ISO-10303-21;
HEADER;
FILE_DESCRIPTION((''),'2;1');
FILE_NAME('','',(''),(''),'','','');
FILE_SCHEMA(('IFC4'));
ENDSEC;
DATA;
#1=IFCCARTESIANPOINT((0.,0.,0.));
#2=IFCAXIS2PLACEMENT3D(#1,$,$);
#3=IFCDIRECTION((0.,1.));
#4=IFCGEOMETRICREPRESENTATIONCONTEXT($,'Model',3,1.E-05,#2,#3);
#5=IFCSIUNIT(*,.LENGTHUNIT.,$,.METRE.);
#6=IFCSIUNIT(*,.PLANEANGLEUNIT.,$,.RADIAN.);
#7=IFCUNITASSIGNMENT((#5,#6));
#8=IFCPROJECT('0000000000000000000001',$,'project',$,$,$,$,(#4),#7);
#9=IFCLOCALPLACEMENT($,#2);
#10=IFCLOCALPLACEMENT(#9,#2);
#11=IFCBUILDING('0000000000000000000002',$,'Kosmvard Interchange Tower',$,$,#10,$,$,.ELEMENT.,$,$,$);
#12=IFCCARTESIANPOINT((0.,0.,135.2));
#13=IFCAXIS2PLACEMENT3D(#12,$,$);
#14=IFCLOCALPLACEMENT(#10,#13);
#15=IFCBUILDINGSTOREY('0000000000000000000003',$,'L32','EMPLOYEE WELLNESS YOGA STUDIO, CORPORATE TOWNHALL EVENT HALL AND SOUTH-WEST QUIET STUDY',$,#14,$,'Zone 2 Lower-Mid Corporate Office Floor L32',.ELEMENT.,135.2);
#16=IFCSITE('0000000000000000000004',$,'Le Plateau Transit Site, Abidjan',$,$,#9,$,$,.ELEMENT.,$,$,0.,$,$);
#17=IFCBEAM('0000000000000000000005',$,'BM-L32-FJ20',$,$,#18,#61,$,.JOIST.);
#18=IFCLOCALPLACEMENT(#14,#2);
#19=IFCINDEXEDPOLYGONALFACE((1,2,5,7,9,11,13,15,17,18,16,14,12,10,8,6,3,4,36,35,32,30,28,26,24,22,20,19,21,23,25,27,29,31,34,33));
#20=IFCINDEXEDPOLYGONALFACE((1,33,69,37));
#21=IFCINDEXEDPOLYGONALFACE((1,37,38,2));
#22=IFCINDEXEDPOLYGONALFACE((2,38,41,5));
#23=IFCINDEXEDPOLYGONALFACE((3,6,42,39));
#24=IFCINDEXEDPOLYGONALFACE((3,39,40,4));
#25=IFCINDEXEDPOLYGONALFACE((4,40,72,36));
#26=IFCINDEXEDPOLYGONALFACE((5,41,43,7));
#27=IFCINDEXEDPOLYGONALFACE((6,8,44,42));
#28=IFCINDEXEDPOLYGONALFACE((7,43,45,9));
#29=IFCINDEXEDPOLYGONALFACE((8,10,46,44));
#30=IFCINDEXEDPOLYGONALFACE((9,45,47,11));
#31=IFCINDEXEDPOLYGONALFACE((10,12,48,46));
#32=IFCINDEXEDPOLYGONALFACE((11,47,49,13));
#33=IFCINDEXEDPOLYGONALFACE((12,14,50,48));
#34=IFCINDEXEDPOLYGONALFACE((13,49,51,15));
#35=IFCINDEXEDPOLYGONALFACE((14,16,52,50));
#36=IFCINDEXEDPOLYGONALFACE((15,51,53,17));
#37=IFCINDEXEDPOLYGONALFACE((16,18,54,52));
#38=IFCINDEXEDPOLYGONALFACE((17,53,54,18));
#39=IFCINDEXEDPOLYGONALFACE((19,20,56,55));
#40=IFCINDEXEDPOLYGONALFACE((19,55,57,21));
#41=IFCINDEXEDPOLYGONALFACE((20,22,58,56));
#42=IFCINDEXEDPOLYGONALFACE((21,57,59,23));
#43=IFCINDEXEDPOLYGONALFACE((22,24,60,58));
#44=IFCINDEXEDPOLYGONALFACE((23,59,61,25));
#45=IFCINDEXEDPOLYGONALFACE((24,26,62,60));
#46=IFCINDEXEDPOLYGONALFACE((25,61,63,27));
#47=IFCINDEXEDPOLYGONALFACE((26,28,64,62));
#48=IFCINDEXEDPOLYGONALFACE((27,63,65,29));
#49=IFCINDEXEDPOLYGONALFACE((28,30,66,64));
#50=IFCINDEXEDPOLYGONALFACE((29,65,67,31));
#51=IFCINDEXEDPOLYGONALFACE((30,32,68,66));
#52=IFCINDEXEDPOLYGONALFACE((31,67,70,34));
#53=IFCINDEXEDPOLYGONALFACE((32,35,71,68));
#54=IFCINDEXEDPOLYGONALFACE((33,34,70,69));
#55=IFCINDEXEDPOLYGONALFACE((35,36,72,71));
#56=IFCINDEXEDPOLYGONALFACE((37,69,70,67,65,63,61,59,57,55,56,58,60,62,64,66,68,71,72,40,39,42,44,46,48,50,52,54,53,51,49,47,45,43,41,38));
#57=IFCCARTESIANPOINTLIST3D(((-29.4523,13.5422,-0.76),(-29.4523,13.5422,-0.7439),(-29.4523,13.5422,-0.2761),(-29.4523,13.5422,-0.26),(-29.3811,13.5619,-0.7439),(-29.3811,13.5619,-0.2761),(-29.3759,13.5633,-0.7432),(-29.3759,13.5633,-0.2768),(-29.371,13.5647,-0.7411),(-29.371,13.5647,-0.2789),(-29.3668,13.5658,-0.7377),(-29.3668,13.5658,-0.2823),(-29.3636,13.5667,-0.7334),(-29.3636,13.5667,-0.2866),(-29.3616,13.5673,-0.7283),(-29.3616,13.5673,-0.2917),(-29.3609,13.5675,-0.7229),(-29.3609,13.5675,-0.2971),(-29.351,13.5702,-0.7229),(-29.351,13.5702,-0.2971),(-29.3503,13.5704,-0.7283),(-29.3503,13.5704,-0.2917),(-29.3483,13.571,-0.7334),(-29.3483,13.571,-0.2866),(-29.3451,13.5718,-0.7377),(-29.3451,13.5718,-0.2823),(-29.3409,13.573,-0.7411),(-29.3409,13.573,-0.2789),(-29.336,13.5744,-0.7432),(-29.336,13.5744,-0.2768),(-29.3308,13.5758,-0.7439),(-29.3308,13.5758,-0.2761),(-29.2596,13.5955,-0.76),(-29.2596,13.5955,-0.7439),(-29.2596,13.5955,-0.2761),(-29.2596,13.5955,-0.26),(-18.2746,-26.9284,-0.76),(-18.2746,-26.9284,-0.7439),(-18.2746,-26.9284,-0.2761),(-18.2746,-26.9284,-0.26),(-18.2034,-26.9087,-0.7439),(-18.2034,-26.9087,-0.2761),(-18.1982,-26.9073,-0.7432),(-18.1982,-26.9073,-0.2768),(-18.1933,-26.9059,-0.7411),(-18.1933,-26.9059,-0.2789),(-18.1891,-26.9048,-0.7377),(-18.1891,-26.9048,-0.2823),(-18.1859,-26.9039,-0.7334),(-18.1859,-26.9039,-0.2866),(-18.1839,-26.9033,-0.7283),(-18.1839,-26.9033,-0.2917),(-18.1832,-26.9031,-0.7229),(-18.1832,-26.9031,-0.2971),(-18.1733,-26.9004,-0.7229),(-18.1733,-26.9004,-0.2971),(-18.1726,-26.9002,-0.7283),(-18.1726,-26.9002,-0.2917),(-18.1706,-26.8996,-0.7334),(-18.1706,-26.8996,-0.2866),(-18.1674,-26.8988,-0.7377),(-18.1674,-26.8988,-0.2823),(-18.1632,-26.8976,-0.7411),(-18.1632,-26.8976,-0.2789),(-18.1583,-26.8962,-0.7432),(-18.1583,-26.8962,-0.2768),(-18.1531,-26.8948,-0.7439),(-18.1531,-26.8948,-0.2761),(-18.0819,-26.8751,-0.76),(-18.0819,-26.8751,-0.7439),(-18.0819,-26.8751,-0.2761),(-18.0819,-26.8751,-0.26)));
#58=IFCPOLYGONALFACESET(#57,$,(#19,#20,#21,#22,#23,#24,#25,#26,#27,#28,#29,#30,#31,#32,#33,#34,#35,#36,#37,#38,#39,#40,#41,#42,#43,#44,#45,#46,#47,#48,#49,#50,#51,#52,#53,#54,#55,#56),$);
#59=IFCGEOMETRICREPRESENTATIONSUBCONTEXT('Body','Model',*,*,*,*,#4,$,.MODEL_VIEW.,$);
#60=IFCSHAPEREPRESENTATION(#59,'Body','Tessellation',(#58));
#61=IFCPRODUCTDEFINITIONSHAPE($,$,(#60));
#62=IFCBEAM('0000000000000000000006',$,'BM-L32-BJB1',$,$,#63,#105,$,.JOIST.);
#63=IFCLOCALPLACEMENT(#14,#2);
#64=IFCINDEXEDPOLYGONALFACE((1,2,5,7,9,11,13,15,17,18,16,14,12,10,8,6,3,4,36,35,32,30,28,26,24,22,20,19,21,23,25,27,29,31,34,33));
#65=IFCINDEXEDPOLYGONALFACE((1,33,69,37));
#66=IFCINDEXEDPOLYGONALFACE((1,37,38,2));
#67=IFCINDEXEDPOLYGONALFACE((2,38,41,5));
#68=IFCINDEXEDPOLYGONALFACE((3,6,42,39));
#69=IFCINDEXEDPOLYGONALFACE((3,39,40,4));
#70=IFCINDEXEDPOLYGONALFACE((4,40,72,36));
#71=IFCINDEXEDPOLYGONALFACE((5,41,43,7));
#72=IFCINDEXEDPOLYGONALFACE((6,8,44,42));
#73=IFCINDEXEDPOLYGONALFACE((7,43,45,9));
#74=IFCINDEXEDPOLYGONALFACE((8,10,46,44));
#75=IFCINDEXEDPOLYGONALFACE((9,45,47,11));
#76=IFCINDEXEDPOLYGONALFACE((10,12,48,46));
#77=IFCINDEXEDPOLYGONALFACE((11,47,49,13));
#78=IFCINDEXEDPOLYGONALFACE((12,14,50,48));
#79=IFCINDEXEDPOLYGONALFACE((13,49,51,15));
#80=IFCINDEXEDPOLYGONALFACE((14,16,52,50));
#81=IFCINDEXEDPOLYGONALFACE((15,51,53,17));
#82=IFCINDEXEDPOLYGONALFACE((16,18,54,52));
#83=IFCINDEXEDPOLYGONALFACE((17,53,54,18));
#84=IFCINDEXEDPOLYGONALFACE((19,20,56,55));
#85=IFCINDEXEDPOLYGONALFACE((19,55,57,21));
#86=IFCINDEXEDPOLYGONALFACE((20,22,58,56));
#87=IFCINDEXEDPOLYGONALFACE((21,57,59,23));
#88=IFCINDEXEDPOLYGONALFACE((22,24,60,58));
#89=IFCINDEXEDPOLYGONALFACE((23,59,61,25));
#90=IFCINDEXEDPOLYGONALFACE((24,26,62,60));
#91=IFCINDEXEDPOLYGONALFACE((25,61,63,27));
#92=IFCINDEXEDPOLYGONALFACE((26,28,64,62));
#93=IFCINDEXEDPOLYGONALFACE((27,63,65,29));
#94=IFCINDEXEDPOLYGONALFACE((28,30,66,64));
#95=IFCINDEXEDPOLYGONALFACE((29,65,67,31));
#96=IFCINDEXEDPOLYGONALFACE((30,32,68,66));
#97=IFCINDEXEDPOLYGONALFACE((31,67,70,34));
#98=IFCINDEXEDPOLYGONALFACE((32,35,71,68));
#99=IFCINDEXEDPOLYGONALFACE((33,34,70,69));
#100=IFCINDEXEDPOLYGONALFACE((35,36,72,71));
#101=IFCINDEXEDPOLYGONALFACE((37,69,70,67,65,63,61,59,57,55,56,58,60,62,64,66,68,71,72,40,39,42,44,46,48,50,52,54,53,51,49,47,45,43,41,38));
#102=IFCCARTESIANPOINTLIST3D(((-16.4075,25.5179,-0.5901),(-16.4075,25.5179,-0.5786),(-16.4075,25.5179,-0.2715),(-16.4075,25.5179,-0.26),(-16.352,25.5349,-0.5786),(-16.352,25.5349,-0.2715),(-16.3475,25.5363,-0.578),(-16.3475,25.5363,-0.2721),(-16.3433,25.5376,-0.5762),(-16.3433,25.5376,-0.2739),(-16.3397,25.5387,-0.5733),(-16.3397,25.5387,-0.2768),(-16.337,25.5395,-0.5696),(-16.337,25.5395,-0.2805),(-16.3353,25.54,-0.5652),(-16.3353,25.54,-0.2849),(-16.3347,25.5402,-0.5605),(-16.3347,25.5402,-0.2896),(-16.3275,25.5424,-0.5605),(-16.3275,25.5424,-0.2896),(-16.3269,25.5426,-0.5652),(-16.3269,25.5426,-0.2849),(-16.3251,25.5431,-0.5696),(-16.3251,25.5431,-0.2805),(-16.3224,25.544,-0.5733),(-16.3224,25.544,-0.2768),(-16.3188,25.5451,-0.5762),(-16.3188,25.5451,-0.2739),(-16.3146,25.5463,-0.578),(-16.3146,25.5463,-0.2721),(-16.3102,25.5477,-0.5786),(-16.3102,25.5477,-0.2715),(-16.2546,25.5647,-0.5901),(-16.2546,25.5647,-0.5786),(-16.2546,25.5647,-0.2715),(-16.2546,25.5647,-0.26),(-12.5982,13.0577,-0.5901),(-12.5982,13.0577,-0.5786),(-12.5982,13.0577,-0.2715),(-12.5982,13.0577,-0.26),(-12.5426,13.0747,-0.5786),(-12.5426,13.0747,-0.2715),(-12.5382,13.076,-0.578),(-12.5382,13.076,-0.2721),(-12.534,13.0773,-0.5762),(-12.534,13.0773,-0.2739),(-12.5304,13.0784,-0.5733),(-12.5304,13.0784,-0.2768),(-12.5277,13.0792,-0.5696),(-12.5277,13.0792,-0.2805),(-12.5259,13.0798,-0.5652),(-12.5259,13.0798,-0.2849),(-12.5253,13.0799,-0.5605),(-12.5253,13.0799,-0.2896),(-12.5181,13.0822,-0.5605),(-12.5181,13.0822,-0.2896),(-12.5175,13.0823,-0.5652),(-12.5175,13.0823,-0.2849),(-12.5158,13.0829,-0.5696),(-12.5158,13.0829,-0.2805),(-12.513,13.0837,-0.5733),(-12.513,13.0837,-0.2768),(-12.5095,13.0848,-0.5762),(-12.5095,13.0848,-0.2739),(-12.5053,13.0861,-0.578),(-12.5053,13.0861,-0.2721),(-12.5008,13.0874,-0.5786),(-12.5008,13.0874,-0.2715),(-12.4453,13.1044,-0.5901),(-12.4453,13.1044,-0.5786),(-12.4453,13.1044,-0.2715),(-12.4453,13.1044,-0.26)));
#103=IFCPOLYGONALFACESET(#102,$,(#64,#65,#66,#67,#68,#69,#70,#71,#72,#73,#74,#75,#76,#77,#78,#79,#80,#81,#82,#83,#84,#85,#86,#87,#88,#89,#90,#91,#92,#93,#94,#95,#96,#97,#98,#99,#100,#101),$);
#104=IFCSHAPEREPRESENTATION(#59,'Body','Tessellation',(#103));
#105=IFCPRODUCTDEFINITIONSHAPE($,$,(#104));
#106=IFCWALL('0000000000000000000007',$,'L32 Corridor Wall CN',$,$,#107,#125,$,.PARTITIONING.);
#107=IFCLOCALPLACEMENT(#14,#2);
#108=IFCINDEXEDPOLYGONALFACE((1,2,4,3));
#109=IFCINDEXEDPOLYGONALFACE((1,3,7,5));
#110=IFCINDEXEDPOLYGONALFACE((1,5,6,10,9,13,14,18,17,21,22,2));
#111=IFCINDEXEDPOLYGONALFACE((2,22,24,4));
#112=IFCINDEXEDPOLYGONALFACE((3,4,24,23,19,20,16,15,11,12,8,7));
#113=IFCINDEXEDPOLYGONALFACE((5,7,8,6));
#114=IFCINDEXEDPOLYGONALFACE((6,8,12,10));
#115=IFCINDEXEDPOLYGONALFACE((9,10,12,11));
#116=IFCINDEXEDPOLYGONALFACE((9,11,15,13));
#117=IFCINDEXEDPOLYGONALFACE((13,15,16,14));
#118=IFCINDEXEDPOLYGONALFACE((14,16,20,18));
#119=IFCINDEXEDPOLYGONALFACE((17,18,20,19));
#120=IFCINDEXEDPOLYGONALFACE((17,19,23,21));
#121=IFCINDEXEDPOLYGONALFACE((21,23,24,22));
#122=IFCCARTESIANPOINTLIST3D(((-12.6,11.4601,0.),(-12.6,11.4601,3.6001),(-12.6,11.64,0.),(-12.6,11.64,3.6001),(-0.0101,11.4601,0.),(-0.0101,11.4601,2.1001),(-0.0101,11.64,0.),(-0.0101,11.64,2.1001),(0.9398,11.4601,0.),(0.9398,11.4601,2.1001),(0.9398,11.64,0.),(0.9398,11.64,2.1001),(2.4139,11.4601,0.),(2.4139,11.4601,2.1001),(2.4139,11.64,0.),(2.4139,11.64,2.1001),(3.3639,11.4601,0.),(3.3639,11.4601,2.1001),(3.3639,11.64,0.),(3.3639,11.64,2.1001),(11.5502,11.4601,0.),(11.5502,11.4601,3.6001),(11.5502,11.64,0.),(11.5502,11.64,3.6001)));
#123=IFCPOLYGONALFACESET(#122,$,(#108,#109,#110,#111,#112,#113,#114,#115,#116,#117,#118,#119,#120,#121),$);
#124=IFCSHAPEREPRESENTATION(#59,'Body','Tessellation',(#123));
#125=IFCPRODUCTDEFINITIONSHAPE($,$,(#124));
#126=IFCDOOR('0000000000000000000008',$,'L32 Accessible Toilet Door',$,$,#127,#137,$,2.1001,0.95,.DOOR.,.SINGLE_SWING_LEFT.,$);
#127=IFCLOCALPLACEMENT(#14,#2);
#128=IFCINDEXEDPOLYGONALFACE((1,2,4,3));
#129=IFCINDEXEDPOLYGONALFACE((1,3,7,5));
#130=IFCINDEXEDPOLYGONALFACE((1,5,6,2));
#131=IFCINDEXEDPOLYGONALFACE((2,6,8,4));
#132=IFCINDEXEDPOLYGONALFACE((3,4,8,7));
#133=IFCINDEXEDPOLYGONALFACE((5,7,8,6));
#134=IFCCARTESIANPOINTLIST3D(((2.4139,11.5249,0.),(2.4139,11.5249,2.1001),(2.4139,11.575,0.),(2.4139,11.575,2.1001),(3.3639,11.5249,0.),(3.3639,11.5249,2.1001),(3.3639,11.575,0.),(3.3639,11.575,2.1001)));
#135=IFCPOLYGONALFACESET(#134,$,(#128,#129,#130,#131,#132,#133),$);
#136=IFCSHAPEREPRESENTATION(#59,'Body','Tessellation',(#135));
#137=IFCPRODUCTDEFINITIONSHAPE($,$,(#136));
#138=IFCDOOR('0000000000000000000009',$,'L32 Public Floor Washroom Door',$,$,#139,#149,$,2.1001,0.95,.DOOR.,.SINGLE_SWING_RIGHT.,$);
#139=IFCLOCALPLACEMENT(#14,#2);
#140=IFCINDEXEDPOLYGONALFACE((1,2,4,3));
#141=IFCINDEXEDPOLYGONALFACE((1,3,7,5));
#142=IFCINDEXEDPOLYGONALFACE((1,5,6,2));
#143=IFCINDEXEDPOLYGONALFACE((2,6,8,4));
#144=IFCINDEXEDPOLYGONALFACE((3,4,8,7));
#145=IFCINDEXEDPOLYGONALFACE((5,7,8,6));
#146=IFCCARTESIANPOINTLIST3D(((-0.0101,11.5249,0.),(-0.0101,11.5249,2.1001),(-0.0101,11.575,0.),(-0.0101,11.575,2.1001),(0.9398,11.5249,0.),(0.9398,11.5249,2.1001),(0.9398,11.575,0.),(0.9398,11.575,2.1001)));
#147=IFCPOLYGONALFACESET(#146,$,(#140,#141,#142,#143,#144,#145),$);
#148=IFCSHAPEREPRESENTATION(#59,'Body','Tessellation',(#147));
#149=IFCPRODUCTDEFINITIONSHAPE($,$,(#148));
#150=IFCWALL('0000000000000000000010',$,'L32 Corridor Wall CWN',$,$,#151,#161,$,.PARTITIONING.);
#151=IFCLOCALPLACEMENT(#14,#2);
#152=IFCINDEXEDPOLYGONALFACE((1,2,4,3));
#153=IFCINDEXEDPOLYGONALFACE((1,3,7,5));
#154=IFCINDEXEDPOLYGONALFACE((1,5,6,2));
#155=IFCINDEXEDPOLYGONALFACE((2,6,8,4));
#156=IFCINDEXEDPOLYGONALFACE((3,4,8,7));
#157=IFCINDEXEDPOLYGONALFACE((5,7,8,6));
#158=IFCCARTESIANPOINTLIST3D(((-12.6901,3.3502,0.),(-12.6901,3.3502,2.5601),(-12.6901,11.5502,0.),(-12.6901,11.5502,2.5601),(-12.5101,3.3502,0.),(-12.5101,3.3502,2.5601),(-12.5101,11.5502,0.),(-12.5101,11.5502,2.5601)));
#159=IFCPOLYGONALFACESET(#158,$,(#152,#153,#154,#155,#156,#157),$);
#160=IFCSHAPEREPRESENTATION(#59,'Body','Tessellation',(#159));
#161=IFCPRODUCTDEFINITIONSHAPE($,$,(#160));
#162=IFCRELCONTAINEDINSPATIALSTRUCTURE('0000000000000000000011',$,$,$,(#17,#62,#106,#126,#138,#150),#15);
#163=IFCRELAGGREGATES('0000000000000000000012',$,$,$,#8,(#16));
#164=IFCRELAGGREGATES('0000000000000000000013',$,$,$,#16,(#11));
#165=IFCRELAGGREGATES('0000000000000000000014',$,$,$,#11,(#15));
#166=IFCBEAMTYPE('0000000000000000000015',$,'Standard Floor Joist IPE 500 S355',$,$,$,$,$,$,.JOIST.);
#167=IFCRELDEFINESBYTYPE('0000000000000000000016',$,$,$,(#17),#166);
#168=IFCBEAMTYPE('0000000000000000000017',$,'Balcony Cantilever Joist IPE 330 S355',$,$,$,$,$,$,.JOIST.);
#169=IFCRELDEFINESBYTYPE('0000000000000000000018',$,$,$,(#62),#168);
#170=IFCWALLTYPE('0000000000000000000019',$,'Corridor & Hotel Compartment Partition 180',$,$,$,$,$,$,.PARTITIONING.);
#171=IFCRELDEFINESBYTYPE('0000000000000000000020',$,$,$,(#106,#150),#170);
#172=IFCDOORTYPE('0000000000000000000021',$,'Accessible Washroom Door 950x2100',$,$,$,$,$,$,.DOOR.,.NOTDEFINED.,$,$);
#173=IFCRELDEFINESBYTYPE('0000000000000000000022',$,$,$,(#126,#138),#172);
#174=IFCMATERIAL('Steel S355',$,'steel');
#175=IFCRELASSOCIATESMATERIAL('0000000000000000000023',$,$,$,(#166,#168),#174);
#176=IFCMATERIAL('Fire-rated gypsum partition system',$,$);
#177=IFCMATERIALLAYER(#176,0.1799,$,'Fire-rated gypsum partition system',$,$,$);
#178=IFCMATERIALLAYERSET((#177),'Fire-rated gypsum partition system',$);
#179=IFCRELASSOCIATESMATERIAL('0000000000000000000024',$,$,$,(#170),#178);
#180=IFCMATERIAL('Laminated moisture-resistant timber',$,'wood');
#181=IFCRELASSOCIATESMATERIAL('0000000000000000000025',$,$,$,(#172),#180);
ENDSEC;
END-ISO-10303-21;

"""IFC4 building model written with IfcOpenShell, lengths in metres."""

from ifc_helpers import new_model, si_unit, direction, frame, frame_2d, origin, origin_2d, place, context, subcontext, project, spatial, rectangle, i_section, extrude, source, transform, mapped, material, layer, layer_set, material_profile, profile_set, type_object, element, fill, save


model = new_model("IFC4")

# Units and contexts
model_context = context("Model", 3, precision=1e-05, world=origin(), true_north=direction((0.0, 1.0)))
body_context = subcontext(model_context, "Body", "Model", "MODEL_VIEW")
ifc_project = project(units=[si_unit("LENGTHUNIT", "METRE"), si_unit("PLANEANGLEUNIT", "RADIAN")], contexts=[model_context])

# Site, building, storey
site_placement = place(None, origin())
site = spatial("IfcSite", under=ifc_project, at=site_placement, Name="Le Plateau Transit Site, Abidjan", CompositionType="ELEMENT", RefElevation=0.0)
building_placement = place(site_placement, origin())
building = spatial("IfcBuilding", under=site, at=building_placement, Name="Kosmvard Interchange Tower", CompositionType="ELEMENT")
storey_placement = place(building_placement, frame((0.0, 0.0, 135.2)))
storey = spatial("IfcBuildingStorey", under=building, at=storey_placement, Name="L32", Description="EMPLOYEE WELLNESS YOGA STUDIO, CORPORATE TOWNHALL EVENT HALL AND SOUTH-WEST QUIET STUDY", LongName="Zone 2 Lower-Mid Corporate Office Floor L32", CompositionType="ELEMENT", Elevation=135.2)

# Beams
ifc_material_1 = material(Name="Steel S355", Category="steel")
ifc_material_profile_1 = material_profile(ifc_material_1, i_section(OverallWidth=0.2, OverallDepth=0.5, WebThickness=0.0103, FlangeThickness=0.0161, FilletRadius=0.021, at=origin_2d()), Name="IPE 500")
ifc_profile_set_1 = profile_set([ifc_material_profile_1], Name="Steel S355")
beam_type_1 = type_object("IfcBeamType", Name="Standard Floor Joist IPE 500 S355", PredefinedType="JOIST", material=ifc_profile_set_1)
shared_shape_1 = source(origin(), body_context, "Body", "SweptSolid", [
    extrude(i_section(OverallWidth=0.2, OverallDepth=0.5, WebThickness=0.0103, FlangeThickness=0.0161, FilletRadius=0.021, at=origin_2d()), origin(), (0.0, 0.0, 1.0), 41.9858),
])
beam_1_placement = place(storey_placement, frame((-29.356, 13.5688, -0.51), z_axis=(0.266226, -0.963911, 0.0), x_axis=(0.963911, 0.266226, 0.0)))
element("IfcBeam", 1, at=beam_1_placement, inside=storey, type_object=beam_type_1, Name="BM-L32-FJ20", PredefinedType="JOIST", context=body_context, shape_type="MappedRepresentation", body=[
    mapped(shared_shape_1, transform((0.0, 0.0, 0.0), scale=1.0)),
])
ifc_material_profile_2 = material_profile(ifc_material_1, i_section(OverallWidth=0.1599, OverallDepth=0.3301, WebThickness=0.0076, FlangeThickness=0.0115, FilletRadius=0.0181, at=origin_2d()), Name="IPE 330")
ifc_profile_set_2 = profile_set([ifc_material_profile_2], Name="Steel S355")
beam_type_2 = type_object("IfcBeamType", Name="Balcony Cantilever Joist IPE 330 S355", PredefinedType="JOIST", material=ifc_profile_set_2)
shared_shape_2 = source(origin(), body_context, "Body", "SweptSolid", [
    extrude(i_section(OverallWidth=0.1599, OverallDepth=0.3301, WebThickness=0.0076, FlangeThickness=0.0115, FilletRadius=0.0181, at=origin_2d()), origin(), (0.0, 0.0, 1.0), 13.0295),
])
beam_2_placement = place(storey_placement, frame((-12.5217, 13.0811, -0.425), z_axis=(-0.292362, 0.956308, 0.0), x_axis=(-0.956308, -0.292362, 0.0)))
element("IfcBeam", 2, at=beam_2_placement, inside=storey, type_object=beam_type_2, Name="BM-L32-BJB1", PredefinedType="JOIST", context=body_context, shape_type="MappedRepresentation", body=[
    mapped(shared_shape_2, transform((0.0, 0.0, 0.0), scale=1.0)),
])

# Wall, openings, doors
ifc_material_2 = material(Name="Fire-rated gypsum partition system")
ifc_layer_1 = layer(ifc_material_2, 0.1799, Name="Fire-rated gypsum partition system")
ifc_layer_set_1 = layer_set([ifc_layer_1], Name="Fire-rated gypsum partition system")
wall_type_1 = type_object("IfcWallType", Name="Corridor & Hotel Compartment Partition 180", PredefinedType="PARTITIONING", material=ifc_layer_set_1)
wall_1_placement = place(storey_placement, frame((-12.6001, 11.55, 0.0), z_axis=(0.0, 0.0, 1.0), x_axis=(1.0, 0.0, 0.0)))
wall_1 = element("IfcWall", 3, at=wall_1_placement, inside=storey, type_object=wall_type_1, Name="L32 Corridor Wall CN", PredefinedType="PARTITIONING", context=body_context, shape_type="SweptSolid", body=[
    extrude(rectangle(XDim=24.1501, YDim=0.1799, at=frame_2d((12.0752, 0.0))), origin(), (0.0, 0.0, 1.0), 3.6001),
])
opening_1_placement = place(wall_1_placement, frame((15.0139, 0.0, 0.0)))
opening_1 = element("IfcOpeningElement", 4, at=opening_1_placement, cuts=wall_1, PredefinedType="OPENING", context=body_context, shape_type="SweptSolid", body=[
    extrude(rectangle(XDim=0.95, YDim=2.1001, at=frame_2d((0.4751, 1.05))), frame((0.0, 0.1001, 0.0), z_axis=(0.0, -1.0, 0.0), x_axis=(1.0, 0.0, 0.0)), (0.0, 0.0, 1.0), 0.2),
])
opening_2_placement = place(wall_1_placement, frame((12.5898, 0.0, 0.0)))
opening_2 = element("IfcOpeningElement", 5, at=opening_2_placement, cuts=wall_1, PredefinedType="OPENING", context=body_context, shape_type="SweptSolid", body=[
    extrude(rectangle(XDim=0.95, YDim=2.1001, at=frame_2d((0.4751, 1.05))), frame((0.0, 0.1001, 0.0), z_axis=(0.0, -1.0, 0.0), x_axis=(1.0, 0.0, 0.0)), (0.0, 0.0, 1.0), 0.2),
])
ifc_material_3 = material(Name="Laminated moisture-resistant timber", Category="wood")
door_type_1 = type_object("IfcDoorType", Name="Accessible Washroom Door 950x2100", OperationType="NOTDEFINED", PredefinedType="DOOR", material=ifc_material_3)
shared_shape_3 = source(origin(), body_context, "Body", "SweptSolid", [
    extrude(rectangle(XDim=0.95, YDim=2.1001, at=frame_2d((0.4751, 1.05))), frame((0.0, 0.0249, 0.0), z_axis=(0.0, -1.0, 0.0), x_axis=(1.0, 0.0, 0.0)), (0.0, 0.0, 1.0), 0.05),
])
door_1_placement = place(opening_1_placement, origin())
door_1 = element("IfcDoor", 6, at=door_1_placement, inside=storey, type_object=door_type_1, Name="L32 Accessible Toilet Door", OperationType="SINGLE_SWING_LEFT", OverallHeight=2.1001, OverallWidth=0.95, PredefinedType="DOOR", context=body_context, shape_type="MappedRepresentation", body=[
    mapped(shared_shape_3, transform((0.0, 0.0, 0.0), scale=1.0)),
])
fill(opening_1, door_1)
door_2_placement = place(opening_2_placement, origin())
door_2 = element("IfcDoor", 7, at=door_2_placement, inside=storey, type_object=door_type_1, Name="L32 Public Floor Washroom Door", OperationType="SINGLE_SWING_RIGHT", OverallHeight=2.1001, OverallWidth=0.95, PredefinedType="DOOR", context=body_context, shape_type="MappedRepresentation", body=[
    mapped(shared_shape_3, transform((0.0, 0.0, 0.0), scale=1.0)),
])
fill(opening_2, door_2)

# Wall
wall_2_placement = place(storey_placement, frame((-12.6001, 3.3501, 0.0), z_axis=(0.0, 0.0, 1.0), x_axis=(0.0, 1.0, 0.0)))
element("IfcWall", 8, at=wall_2_placement, inside=storey, type_object=wall_type_1, Name="L32 Corridor Wall CWN", PredefinedType="PARTITIONING", context=body_context, shape_type="SweptSolid", body=[
    extrude(rectangle(XDim=8.2, YDim=0.1799, at=frame_2d((4.1001, 0.0))), origin(), (0.0, 0.0, 1.0), 2.5601),
])

save(model, "model.ifc")
